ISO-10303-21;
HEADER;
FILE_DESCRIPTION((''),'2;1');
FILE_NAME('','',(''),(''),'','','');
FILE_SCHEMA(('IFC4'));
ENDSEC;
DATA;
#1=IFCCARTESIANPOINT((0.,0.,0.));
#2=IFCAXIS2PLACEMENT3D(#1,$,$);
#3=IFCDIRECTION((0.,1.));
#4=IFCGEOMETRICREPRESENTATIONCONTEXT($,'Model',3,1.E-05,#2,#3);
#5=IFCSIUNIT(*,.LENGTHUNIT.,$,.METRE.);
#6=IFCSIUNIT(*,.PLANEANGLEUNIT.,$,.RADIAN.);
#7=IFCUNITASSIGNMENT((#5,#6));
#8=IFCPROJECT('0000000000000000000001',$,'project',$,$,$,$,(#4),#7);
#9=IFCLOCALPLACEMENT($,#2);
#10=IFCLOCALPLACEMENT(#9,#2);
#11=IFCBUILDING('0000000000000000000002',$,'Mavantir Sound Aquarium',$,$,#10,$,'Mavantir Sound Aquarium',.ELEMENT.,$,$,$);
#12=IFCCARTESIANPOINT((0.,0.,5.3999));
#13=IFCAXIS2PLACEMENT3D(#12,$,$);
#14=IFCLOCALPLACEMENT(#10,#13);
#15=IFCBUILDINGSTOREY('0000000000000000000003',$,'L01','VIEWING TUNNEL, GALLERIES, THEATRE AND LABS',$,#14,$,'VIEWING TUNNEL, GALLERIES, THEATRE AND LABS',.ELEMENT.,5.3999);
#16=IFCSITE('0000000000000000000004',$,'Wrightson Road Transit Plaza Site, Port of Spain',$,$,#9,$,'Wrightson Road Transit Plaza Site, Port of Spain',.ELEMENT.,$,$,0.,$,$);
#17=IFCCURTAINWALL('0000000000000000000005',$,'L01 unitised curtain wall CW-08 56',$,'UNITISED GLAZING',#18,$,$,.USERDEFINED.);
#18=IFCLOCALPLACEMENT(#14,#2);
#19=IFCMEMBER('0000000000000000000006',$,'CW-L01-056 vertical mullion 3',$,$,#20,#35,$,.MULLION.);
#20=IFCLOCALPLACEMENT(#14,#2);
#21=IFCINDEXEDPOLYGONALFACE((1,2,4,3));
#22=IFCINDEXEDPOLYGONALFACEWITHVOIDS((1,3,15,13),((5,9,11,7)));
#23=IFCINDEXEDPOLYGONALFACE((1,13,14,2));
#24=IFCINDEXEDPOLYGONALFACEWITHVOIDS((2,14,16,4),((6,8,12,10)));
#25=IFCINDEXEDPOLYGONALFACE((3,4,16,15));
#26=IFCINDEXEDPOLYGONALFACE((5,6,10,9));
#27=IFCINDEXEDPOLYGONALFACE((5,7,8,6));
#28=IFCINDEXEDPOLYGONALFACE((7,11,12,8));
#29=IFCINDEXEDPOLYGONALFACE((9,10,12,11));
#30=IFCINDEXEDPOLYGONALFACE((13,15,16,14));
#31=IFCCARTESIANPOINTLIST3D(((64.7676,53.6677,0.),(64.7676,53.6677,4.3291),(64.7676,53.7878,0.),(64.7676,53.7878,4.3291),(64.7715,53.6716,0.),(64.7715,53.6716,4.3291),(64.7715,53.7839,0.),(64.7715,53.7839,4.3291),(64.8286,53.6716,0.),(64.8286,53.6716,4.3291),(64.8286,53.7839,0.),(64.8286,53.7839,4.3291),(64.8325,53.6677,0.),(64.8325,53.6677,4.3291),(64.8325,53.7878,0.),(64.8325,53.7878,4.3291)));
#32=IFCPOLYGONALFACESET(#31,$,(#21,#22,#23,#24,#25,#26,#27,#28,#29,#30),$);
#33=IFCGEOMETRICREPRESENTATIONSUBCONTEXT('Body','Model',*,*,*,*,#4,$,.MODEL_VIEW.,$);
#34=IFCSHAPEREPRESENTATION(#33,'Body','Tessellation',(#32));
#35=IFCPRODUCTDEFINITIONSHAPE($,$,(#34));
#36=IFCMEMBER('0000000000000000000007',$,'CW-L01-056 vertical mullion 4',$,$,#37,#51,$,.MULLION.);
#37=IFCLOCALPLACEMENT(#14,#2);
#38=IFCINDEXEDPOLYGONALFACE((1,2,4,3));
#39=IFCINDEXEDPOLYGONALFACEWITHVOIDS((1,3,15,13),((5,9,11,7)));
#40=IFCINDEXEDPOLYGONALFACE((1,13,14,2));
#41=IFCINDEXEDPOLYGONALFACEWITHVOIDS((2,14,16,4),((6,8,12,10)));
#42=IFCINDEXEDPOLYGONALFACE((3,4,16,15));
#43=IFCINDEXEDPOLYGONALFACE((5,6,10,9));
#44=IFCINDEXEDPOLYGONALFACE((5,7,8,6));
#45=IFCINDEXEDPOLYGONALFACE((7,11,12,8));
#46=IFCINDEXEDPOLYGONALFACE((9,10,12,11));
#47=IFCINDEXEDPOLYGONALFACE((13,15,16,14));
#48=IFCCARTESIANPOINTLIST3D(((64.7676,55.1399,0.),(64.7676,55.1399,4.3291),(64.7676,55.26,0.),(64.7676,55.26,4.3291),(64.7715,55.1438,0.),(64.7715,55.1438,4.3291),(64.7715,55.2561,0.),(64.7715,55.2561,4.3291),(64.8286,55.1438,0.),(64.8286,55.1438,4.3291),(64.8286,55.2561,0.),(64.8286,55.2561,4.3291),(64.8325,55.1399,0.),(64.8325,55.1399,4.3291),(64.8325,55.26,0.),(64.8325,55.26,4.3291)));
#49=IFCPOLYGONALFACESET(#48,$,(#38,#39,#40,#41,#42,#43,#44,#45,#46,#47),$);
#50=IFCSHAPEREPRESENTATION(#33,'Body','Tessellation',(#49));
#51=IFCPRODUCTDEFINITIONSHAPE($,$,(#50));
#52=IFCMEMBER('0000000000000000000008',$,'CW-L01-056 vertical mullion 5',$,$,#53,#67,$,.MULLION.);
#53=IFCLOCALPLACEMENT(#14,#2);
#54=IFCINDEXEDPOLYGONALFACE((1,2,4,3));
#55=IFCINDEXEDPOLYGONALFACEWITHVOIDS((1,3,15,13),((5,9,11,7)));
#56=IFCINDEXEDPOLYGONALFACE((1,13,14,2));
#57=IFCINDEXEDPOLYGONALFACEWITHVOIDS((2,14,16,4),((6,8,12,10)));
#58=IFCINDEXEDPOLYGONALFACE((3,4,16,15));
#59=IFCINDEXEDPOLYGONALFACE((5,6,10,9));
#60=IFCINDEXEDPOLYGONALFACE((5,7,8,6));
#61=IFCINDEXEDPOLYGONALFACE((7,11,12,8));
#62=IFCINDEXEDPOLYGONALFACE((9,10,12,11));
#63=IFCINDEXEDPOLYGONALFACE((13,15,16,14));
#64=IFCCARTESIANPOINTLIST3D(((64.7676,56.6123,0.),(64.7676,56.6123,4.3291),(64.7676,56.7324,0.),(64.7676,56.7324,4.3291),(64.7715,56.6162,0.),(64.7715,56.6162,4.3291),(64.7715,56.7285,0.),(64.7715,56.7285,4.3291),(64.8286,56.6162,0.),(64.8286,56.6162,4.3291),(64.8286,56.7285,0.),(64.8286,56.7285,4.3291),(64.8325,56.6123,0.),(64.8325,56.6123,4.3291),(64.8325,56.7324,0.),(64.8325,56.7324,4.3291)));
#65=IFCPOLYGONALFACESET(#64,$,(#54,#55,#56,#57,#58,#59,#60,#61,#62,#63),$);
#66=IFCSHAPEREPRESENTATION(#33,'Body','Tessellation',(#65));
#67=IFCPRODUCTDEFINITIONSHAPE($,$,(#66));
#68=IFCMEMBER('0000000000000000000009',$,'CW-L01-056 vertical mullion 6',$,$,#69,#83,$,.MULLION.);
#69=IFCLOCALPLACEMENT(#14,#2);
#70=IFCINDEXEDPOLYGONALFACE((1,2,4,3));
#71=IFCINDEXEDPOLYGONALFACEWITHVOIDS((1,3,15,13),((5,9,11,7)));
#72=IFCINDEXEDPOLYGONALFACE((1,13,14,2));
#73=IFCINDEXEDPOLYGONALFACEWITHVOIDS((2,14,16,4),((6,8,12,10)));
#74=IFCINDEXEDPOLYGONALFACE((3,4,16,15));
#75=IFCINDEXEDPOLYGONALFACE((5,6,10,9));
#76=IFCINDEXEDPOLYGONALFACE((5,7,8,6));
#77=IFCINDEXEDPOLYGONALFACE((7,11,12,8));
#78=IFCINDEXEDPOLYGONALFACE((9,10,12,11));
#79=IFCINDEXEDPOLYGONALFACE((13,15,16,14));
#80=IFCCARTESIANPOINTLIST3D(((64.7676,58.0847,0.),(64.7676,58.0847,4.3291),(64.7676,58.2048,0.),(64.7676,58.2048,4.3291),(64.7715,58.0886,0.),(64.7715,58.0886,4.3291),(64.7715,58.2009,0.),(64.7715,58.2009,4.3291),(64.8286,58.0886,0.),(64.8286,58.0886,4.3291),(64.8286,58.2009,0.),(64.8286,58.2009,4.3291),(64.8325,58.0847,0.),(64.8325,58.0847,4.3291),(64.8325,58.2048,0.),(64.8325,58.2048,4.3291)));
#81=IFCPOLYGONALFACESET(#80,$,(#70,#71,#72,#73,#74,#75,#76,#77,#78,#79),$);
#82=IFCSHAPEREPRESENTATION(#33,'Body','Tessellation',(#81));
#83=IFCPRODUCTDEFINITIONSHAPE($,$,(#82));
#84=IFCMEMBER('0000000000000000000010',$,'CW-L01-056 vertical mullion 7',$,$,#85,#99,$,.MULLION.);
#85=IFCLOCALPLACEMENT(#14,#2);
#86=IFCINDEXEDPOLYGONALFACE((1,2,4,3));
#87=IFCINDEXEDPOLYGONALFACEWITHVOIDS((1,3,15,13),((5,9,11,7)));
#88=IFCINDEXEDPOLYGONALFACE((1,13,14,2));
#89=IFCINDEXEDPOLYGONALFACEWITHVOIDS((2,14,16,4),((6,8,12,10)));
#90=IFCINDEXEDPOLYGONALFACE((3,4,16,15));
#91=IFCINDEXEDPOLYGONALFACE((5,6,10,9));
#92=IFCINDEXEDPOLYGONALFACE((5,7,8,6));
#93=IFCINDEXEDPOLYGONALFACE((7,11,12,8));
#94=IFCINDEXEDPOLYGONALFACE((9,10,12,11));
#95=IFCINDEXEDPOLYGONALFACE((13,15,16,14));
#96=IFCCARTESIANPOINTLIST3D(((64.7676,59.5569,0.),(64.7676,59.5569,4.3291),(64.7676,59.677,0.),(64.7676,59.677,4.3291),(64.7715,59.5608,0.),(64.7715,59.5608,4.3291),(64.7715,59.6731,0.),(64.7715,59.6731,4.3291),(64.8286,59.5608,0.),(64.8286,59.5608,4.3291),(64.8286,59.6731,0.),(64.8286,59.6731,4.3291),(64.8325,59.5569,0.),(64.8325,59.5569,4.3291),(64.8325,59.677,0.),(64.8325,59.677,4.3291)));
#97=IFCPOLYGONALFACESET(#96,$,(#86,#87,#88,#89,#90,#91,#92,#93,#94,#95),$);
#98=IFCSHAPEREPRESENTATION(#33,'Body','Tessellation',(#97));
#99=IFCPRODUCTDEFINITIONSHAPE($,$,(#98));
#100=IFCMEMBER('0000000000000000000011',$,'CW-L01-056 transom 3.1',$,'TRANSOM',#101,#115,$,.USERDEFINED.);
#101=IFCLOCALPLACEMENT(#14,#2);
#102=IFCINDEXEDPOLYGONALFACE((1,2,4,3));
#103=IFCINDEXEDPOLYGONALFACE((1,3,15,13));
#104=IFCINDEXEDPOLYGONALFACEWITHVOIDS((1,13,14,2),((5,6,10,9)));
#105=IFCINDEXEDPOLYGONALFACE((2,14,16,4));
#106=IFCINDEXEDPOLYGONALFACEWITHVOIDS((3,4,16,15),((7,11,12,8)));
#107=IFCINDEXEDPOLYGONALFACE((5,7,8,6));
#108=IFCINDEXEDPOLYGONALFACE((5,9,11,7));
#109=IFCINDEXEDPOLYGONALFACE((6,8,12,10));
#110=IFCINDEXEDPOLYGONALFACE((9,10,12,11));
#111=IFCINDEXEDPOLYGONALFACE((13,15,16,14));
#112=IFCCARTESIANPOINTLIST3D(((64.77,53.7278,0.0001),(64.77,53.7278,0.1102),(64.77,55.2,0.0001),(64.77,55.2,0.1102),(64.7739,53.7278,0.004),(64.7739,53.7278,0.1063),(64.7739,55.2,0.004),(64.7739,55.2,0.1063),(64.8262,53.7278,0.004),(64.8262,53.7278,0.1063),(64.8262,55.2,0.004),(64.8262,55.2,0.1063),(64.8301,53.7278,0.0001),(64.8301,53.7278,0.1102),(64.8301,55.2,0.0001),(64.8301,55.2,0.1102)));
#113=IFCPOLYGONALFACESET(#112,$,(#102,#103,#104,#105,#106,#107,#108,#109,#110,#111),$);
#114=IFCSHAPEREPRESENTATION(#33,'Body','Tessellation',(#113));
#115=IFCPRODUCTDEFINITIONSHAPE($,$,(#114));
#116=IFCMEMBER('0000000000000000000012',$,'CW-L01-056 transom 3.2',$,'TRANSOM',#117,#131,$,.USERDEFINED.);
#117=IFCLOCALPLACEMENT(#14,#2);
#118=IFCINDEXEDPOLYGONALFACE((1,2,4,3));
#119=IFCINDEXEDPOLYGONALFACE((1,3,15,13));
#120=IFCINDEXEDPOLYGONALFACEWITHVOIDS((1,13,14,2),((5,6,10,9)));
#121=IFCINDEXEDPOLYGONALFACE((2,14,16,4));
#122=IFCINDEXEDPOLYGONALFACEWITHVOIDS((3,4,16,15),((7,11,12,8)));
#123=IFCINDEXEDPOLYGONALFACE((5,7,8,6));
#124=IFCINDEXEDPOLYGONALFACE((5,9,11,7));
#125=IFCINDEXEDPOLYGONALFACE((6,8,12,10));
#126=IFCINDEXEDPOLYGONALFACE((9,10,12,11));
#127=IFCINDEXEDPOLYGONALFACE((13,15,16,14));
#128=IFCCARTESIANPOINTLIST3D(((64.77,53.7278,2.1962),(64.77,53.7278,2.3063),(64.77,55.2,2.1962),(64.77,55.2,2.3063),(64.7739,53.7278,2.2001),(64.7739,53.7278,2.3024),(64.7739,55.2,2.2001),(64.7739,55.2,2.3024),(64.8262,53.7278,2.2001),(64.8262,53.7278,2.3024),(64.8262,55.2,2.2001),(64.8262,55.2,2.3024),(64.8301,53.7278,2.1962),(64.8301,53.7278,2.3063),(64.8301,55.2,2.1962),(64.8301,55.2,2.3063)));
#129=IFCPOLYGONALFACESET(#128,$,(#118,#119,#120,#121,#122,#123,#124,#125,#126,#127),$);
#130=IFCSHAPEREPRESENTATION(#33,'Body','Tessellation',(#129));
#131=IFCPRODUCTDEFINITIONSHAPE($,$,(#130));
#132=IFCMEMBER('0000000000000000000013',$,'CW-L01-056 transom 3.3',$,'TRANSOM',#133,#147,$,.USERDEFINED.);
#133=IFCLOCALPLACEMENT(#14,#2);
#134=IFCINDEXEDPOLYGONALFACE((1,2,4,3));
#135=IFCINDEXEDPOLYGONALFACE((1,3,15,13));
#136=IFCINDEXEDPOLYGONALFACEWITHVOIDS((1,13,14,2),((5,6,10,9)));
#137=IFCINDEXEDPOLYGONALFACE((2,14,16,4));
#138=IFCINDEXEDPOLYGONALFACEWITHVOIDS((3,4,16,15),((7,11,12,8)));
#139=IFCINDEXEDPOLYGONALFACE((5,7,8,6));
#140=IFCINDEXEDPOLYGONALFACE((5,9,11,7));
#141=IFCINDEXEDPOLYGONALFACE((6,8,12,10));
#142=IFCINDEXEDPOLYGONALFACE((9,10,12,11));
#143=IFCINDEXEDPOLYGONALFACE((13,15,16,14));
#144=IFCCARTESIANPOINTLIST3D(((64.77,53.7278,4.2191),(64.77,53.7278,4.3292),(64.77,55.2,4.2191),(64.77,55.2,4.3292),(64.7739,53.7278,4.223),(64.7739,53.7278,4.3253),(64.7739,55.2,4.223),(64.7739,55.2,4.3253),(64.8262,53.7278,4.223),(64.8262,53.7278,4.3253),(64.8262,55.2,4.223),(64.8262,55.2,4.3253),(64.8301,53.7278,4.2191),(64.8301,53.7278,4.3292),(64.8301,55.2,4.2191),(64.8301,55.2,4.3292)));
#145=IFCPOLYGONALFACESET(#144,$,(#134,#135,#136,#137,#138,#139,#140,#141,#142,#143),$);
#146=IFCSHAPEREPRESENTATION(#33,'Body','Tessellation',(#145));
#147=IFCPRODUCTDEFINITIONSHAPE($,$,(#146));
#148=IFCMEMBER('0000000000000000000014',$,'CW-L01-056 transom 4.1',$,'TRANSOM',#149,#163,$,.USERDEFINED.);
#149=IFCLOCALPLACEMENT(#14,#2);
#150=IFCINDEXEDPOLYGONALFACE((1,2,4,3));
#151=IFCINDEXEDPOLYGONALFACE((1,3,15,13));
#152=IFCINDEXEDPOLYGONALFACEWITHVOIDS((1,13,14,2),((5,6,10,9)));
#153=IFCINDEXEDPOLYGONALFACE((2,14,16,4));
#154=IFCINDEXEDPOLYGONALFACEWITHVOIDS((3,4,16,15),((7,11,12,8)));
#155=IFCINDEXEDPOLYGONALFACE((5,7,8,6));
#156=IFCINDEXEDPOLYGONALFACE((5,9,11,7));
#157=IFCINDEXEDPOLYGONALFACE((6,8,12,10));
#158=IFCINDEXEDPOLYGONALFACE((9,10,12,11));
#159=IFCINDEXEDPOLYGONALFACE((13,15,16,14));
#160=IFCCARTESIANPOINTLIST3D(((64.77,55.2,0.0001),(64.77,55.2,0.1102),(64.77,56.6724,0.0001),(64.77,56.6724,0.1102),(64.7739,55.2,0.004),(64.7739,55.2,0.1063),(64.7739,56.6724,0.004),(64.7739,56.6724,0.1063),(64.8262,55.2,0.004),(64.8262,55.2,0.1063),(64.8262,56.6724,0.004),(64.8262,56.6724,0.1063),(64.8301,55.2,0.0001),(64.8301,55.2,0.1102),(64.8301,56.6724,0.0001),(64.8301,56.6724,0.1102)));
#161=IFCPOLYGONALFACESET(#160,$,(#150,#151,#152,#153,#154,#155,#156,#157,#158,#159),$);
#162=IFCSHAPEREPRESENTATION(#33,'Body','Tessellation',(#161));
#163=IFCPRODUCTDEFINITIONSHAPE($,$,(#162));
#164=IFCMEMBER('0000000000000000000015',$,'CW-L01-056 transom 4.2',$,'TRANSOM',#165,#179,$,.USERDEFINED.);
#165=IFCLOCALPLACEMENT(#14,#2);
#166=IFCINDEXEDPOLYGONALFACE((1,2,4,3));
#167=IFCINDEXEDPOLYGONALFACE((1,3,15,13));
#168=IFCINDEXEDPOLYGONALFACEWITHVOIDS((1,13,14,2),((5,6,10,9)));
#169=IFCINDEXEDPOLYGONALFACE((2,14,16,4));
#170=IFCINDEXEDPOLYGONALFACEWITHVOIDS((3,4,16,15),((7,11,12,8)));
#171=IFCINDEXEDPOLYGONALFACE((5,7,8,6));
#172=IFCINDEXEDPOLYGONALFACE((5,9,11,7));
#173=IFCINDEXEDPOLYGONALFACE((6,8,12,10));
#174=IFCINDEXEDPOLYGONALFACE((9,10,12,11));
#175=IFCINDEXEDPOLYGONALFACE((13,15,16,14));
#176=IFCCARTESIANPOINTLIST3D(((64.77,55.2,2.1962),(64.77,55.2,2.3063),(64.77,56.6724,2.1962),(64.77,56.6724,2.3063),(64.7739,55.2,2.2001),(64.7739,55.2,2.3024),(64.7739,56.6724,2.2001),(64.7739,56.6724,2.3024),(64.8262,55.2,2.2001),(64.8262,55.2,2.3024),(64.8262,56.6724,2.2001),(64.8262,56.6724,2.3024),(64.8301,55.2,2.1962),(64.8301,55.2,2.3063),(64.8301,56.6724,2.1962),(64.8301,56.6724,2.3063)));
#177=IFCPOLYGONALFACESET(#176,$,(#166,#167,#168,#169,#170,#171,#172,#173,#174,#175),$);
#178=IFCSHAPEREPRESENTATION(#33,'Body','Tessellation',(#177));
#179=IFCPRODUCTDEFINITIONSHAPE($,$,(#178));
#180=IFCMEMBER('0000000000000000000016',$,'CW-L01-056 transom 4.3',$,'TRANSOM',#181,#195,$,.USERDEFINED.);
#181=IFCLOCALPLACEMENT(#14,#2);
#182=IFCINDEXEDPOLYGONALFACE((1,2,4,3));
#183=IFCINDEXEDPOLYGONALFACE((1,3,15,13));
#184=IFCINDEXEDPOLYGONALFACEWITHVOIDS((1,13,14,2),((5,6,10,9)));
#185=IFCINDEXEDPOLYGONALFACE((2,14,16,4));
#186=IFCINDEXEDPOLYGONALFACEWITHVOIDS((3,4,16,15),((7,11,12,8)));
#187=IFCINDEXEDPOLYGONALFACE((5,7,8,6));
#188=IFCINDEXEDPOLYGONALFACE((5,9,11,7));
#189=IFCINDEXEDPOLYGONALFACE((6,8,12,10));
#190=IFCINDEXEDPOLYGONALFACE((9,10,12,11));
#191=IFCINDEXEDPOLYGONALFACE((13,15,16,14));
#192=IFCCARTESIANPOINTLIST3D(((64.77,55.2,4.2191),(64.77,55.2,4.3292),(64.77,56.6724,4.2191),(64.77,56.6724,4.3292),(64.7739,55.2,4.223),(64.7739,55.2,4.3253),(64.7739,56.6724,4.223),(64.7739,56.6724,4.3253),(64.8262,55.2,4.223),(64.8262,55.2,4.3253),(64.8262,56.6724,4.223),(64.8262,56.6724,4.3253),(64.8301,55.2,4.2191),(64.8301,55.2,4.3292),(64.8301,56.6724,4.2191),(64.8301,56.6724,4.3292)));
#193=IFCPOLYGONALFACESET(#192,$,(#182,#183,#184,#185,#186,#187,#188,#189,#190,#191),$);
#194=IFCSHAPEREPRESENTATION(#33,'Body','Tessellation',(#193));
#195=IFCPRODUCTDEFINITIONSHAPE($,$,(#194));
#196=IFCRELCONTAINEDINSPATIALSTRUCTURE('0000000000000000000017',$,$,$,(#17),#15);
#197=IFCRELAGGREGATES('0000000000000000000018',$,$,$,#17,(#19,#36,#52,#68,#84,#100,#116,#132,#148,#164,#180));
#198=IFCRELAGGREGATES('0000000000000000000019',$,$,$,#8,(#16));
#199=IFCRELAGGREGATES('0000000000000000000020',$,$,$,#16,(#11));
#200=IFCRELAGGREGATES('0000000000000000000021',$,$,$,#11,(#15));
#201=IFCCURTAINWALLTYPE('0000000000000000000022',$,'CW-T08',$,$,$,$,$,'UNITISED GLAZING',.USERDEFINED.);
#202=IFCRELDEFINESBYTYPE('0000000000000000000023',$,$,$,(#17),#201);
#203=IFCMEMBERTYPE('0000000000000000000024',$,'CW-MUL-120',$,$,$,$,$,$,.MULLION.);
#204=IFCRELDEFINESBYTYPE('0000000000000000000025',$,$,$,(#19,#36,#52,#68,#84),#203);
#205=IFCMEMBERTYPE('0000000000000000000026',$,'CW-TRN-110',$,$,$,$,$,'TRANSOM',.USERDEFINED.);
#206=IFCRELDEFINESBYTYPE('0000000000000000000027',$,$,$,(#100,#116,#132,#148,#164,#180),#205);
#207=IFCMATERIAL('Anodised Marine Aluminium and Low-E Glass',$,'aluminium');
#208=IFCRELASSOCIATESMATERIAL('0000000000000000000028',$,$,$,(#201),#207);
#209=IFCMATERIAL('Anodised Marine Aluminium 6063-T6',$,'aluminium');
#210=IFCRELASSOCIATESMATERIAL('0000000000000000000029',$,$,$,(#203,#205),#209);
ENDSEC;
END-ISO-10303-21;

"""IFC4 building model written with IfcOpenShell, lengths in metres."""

from ifc_helpers import new_model, si_unit, direction, frame, origin, origin_2d, place, context, subcontext, project, spatial, hollow_rectangle, extrude, material, material_profile, profile_set, type_object, element, aggregate, save


model = new_model("IFC4")

# Units and contexts
model_context = context("Model", 3, precision=1e-05, world=origin(), true_north=direction((0.0, 1.0)))
body_context = subcontext(model_context, "Body", "Model", "MODEL_VIEW")
ifc_project = project(units=[si_unit("LENGTHUNIT", "METRE"), si_unit("PLANEANGLEUNIT", "RADIAN")], contexts=[model_context])

# Site, building, storey
site_placement = place(None, origin())
site = spatial("IfcSite", under=ifc_project, at=site_placement, Name="Wrightson Road Transit Plaza Site, Port of Spain", LongName="Wrightson Road Transit Plaza Site, Port of Spain", CompositionType="ELEMENT", RefElevation=0.0)
building_placement = place(site_placement, origin())
building = spatial("IfcBuilding", under=site, at=building_placement, Name="Mavantir Sound Aquarium", LongName="Mavantir Sound Aquarium", CompositionType="ELEMENT")
storey_placement = place(building_placement, frame((0.0, 0.0, 5.3999)))
storey = spatial("IfcBuildingStorey", under=building, at=storey_placement, Name="L01", Description="VIEWING TUNNEL, GALLERIES, THEATRE AND LABS", LongName="VIEWING TUNNEL, GALLERIES, THEATRE AND LABS", CompositionType="ELEMENT", Elevation=5.3999)

# Curtain wall, members
ifc_material_1 = material(Name="Anodised Marine Aluminium and Low-E Glass", Category="aluminium")
curtain_wall_type = type_object("IfcCurtainWallType", Name="CW-T08", ElementType="UNITISED GLAZING", PredefinedType="USERDEFINED", material=ifc_material_1)
curtain_wall_placement = place(storey_placement, origin())
curtain_wall = element("IfcCurtainWall", 1, at=curtain_wall_placement, inside=storey, type_object=curtain_wall_type, Name="L01 unitised curtain wall CW-08 56", ObjectType="UNITISED GLAZING", PredefinedType="USERDEFINED")
ifc_material_2 = material(Name="Anodised Marine Aluminium 6063-T6", Category="aluminium")
ifc_material_profile_1 = material_profile(ifc_material_2, hollow_rectangle(XDim=0.0649, YDim=0.1201, WallThickness=0.0039, at=origin_2d()), Name="ALU-MULLION-120X65")
ifc_profile_set_1 = profile_set([ifc_material_profile_1], Name="Anodised Marine Aluminium 6063-T6")
member_type_1 = type_object("IfcMemberType", Name="CW-MUL-120", PredefinedType="MULLION", material=ifc_profile_set_1)
member_1_placement = place(storey_placement, frame((64.8, 53.7278, 0.0), z_axis=(0.0, 0.0, 1.0), x_axis=(1.0, 0.0, 0.0)))
member_1 = element("IfcMember", 2, at=member_1_placement, type_object=member_type_1, Name="CW-L01-056 vertical mullion 3", PredefinedType="MULLION", context=body_context, shape_type="SweptSolid", body=[
    extrude(hollow_rectangle(XDim=0.0649, YDim=0.1201, WallThickness=0.0039, at=origin_2d()), origin(), (0.0, 0.0, 1.0), 4.3291),
])
member_2_placement = place(storey_placement, frame((64.8, 55.2, 0.0), z_axis=(0.0, 0.0, 1.0), x_axis=(1.0, 0.0, 0.0)))
member_2 = element("IfcMember", 3, at=member_2_placement, type_object=member_type_1, Name="CW-L01-056 vertical mullion 4", PredefinedType="MULLION", context=body_context, shape_type="SweptSolid", body=[
    extrude(hollow_rectangle(XDim=0.0649, YDim=0.1201, WallThickness=0.0039, at=origin_2d()), origin(), (0.0, 0.0, 1.0), 4.3291),
])
member_3_placement = place(storey_placement, frame((64.8, 56.6724, 0.0), z_axis=(0.0, 0.0, 1.0), x_axis=(1.0, 0.0, 0.0)))
member_3 = element("IfcMember", 4, at=member_3_placement, type_object=member_type_1, Name="CW-L01-056 vertical mullion 5", PredefinedType="MULLION", context=body_context, shape_type="SweptSolid", body=[
    extrude(hollow_rectangle(XDim=0.0649, YDim=0.1201, WallThickness=0.0039, at=origin_2d()), origin(), (0.0, 0.0, 1.0), 4.3291),
])
member_4_placement = place(storey_placement, frame((64.8, 58.1448, 0.0), z_axis=(0.0, 0.0, 1.0), x_axis=(1.0, 0.0, 0.0)))
member_4 = element("IfcMember", 5, at=member_4_placement, type_object=member_type_1, Name="CW-L01-056 vertical mullion 6", PredefinedType="MULLION", context=body_context, shape_type="SweptSolid", body=[
    extrude(hollow_rectangle(XDim=0.0649, YDim=0.1201, WallThickness=0.0039, at=origin_2d()), origin(), (0.0, 0.0, 1.0), 4.3291),
])
member_5_placement = place(storey_placement, frame((64.8, 59.6169, 0.0), z_axis=(0.0, 0.0, 1.0), x_axis=(1.0, 0.0, 0.0)))
member_5 = element("IfcMember", 6, at=member_5_placement, type_object=member_type_1, Name="CW-L01-056 vertical mullion 7", PredefinedType="MULLION", context=body_context, shape_type="SweptSolid", body=[
    extrude(hollow_rectangle(XDim=0.0649, YDim=0.1201, WallThickness=0.0039, at=origin_2d()), origin(), (0.0, 0.0, 1.0), 4.3291),
])
ifc_material_profile_2 = material_profile(ifc_material_2, hollow_rectangle(XDim=0.0601, YDim=0.1101, WallThickness=0.0039, at=origin_2d()), Name="ALU-TRANSOM-110X60")
ifc_profile_set_2 = profile_set([ifc_material_profile_2], Name="Anodised Marine Aluminium 6063-T6")
member_type_2 = type_object("IfcMemberType", Name="CW-TRN-110", ElementType="TRANSOM", PredefinedType="USERDEFINED", material=ifc_profile_set_2)
member_6_placement = place(storey_placement, frame((64.8, 53.7278, 0.0552), z_axis=(0.0, 1.0, 0.0), x_axis=(-1.0, 0.0, 0.0)))
member_6 = element("IfcMember", 7, at=member_6_placement, type_object=member_type_2, Name="CW-L01-056 transom 3.1", ObjectType="TRANSOM", PredefinedType="USERDEFINED", context=body_context, shape_type="SweptSolid", body=[
    extrude(hollow_rectangle(XDim=0.0601, YDim=0.1101, WallThickness=0.0039, at=origin_2d()), origin(), (0.0, 0.0, 1.0), 1.4722),
])
member_7_placement = place(storey_placement, frame((64.8, 53.7278, 2.2512), z_axis=(0.0, 1.0, 0.0), x_axis=(-1.0, 0.0, 0.0)))
member_7 = element("IfcMember", 8, at=member_7_placement, type_object=member_type_2, Name="CW-L01-056 transom 3.2", ObjectType="TRANSOM", PredefinedType="USERDEFINED", context=body_context, shape_type="SweptSolid", body=[
    extrude(hollow_rectangle(XDim=0.0601, YDim=0.1101, WallThickness=0.0039, at=origin_2d()), origin(), (0.0, 0.0, 1.0), 1.4722),
])
member_8_placement = place(storey_placement, frame((64.8, 53.7278, 4.2742), z_axis=(0.0, 1.0, 0.0), x_axis=(-1.0, 0.0, 0.0)))
member_8 = element("IfcMember", 9, at=member_8_placement, type_object=member_type_2, Name="CW-L01-056 transom 3.3", ObjectType="TRANSOM", PredefinedType="USERDEFINED", context=body_context, shape_type="SweptSolid", body=[
    extrude(hollow_rectangle(XDim=0.0601, YDim=0.1101, WallThickness=0.0039, at=origin_2d()), origin(), (0.0, 0.0, 1.0), 1.4722),
])
member_9_placement = place(storey_placement, frame((64.8, 55.2, 0.0552), z_axis=(0.0, 1.0, 0.0), x_axis=(-1.0, 0.0, 0.0)))
member_9 = element("IfcMember", 10, at=member_9_placement, type_object=member_type_2, Name="CW-L01-056 transom 4.1", ObjectType="TRANSOM", PredefinedType="USERDEFINED", context=body_context, shape_type="SweptSolid", body=[
    extrude(hollow_rectangle(XDim=0.0601, YDim=0.1101, WallThickness=0.0039, at=origin_2d()), origin(), (0.0, 0.0, 1.0), 1.4724),
])
member_10_placement = place(storey_placement, frame((64.8, 55.2, 2.2512), z_axis=(0.0, 1.0, 0.0), x_axis=(-1.0, 0.0, 0.0)))
member_10 = element("IfcMember", 11, at=member_10_placement, type_object=member_type_2, Name="CW-L01-056 transom 4.2", ObjectType="TRANSOM", PredefinedType="USERDEFINED", context=body_context, shape_type="SweptSolid", body=[
    extrude(hollow_rectangle(XDim=0.0601, YDim=0.1101, WallThickness=0.0039, at=origin_2d()), origin(), (0.0, 0.0, 1.0), 1.4724),
])
member_11_placement = place(storey_placement, frame((64.8, 55.2, 4.2742), z_axis=(0.0, 1.0, 0.0), x_axis=(-1.0, 0.0, 0.0)))
member_11 = element("IfcMember", 12, at=member_11_placement, type_object=member_type_2, Name="CW-L01-056 transom 4.3", ObjectType="TRANSOM", PredefinedType="USERDEFINED", context=body_context, shape_type="SweptSolid", body=[
    extrude(hollow_rectangle(XDim=0.0601, YDim=0.1101, WallThickness=0.0039, at=origin_2d()), origin(), (0.0, 0.0, 1.0), 1.4724),
])
aggregate(curtain_wall, [member_1, member_2, member_3, member_4, member_5, member_6, member_7, member_8, member_9, member_10, member_11])

save(model, "model.ifc")
